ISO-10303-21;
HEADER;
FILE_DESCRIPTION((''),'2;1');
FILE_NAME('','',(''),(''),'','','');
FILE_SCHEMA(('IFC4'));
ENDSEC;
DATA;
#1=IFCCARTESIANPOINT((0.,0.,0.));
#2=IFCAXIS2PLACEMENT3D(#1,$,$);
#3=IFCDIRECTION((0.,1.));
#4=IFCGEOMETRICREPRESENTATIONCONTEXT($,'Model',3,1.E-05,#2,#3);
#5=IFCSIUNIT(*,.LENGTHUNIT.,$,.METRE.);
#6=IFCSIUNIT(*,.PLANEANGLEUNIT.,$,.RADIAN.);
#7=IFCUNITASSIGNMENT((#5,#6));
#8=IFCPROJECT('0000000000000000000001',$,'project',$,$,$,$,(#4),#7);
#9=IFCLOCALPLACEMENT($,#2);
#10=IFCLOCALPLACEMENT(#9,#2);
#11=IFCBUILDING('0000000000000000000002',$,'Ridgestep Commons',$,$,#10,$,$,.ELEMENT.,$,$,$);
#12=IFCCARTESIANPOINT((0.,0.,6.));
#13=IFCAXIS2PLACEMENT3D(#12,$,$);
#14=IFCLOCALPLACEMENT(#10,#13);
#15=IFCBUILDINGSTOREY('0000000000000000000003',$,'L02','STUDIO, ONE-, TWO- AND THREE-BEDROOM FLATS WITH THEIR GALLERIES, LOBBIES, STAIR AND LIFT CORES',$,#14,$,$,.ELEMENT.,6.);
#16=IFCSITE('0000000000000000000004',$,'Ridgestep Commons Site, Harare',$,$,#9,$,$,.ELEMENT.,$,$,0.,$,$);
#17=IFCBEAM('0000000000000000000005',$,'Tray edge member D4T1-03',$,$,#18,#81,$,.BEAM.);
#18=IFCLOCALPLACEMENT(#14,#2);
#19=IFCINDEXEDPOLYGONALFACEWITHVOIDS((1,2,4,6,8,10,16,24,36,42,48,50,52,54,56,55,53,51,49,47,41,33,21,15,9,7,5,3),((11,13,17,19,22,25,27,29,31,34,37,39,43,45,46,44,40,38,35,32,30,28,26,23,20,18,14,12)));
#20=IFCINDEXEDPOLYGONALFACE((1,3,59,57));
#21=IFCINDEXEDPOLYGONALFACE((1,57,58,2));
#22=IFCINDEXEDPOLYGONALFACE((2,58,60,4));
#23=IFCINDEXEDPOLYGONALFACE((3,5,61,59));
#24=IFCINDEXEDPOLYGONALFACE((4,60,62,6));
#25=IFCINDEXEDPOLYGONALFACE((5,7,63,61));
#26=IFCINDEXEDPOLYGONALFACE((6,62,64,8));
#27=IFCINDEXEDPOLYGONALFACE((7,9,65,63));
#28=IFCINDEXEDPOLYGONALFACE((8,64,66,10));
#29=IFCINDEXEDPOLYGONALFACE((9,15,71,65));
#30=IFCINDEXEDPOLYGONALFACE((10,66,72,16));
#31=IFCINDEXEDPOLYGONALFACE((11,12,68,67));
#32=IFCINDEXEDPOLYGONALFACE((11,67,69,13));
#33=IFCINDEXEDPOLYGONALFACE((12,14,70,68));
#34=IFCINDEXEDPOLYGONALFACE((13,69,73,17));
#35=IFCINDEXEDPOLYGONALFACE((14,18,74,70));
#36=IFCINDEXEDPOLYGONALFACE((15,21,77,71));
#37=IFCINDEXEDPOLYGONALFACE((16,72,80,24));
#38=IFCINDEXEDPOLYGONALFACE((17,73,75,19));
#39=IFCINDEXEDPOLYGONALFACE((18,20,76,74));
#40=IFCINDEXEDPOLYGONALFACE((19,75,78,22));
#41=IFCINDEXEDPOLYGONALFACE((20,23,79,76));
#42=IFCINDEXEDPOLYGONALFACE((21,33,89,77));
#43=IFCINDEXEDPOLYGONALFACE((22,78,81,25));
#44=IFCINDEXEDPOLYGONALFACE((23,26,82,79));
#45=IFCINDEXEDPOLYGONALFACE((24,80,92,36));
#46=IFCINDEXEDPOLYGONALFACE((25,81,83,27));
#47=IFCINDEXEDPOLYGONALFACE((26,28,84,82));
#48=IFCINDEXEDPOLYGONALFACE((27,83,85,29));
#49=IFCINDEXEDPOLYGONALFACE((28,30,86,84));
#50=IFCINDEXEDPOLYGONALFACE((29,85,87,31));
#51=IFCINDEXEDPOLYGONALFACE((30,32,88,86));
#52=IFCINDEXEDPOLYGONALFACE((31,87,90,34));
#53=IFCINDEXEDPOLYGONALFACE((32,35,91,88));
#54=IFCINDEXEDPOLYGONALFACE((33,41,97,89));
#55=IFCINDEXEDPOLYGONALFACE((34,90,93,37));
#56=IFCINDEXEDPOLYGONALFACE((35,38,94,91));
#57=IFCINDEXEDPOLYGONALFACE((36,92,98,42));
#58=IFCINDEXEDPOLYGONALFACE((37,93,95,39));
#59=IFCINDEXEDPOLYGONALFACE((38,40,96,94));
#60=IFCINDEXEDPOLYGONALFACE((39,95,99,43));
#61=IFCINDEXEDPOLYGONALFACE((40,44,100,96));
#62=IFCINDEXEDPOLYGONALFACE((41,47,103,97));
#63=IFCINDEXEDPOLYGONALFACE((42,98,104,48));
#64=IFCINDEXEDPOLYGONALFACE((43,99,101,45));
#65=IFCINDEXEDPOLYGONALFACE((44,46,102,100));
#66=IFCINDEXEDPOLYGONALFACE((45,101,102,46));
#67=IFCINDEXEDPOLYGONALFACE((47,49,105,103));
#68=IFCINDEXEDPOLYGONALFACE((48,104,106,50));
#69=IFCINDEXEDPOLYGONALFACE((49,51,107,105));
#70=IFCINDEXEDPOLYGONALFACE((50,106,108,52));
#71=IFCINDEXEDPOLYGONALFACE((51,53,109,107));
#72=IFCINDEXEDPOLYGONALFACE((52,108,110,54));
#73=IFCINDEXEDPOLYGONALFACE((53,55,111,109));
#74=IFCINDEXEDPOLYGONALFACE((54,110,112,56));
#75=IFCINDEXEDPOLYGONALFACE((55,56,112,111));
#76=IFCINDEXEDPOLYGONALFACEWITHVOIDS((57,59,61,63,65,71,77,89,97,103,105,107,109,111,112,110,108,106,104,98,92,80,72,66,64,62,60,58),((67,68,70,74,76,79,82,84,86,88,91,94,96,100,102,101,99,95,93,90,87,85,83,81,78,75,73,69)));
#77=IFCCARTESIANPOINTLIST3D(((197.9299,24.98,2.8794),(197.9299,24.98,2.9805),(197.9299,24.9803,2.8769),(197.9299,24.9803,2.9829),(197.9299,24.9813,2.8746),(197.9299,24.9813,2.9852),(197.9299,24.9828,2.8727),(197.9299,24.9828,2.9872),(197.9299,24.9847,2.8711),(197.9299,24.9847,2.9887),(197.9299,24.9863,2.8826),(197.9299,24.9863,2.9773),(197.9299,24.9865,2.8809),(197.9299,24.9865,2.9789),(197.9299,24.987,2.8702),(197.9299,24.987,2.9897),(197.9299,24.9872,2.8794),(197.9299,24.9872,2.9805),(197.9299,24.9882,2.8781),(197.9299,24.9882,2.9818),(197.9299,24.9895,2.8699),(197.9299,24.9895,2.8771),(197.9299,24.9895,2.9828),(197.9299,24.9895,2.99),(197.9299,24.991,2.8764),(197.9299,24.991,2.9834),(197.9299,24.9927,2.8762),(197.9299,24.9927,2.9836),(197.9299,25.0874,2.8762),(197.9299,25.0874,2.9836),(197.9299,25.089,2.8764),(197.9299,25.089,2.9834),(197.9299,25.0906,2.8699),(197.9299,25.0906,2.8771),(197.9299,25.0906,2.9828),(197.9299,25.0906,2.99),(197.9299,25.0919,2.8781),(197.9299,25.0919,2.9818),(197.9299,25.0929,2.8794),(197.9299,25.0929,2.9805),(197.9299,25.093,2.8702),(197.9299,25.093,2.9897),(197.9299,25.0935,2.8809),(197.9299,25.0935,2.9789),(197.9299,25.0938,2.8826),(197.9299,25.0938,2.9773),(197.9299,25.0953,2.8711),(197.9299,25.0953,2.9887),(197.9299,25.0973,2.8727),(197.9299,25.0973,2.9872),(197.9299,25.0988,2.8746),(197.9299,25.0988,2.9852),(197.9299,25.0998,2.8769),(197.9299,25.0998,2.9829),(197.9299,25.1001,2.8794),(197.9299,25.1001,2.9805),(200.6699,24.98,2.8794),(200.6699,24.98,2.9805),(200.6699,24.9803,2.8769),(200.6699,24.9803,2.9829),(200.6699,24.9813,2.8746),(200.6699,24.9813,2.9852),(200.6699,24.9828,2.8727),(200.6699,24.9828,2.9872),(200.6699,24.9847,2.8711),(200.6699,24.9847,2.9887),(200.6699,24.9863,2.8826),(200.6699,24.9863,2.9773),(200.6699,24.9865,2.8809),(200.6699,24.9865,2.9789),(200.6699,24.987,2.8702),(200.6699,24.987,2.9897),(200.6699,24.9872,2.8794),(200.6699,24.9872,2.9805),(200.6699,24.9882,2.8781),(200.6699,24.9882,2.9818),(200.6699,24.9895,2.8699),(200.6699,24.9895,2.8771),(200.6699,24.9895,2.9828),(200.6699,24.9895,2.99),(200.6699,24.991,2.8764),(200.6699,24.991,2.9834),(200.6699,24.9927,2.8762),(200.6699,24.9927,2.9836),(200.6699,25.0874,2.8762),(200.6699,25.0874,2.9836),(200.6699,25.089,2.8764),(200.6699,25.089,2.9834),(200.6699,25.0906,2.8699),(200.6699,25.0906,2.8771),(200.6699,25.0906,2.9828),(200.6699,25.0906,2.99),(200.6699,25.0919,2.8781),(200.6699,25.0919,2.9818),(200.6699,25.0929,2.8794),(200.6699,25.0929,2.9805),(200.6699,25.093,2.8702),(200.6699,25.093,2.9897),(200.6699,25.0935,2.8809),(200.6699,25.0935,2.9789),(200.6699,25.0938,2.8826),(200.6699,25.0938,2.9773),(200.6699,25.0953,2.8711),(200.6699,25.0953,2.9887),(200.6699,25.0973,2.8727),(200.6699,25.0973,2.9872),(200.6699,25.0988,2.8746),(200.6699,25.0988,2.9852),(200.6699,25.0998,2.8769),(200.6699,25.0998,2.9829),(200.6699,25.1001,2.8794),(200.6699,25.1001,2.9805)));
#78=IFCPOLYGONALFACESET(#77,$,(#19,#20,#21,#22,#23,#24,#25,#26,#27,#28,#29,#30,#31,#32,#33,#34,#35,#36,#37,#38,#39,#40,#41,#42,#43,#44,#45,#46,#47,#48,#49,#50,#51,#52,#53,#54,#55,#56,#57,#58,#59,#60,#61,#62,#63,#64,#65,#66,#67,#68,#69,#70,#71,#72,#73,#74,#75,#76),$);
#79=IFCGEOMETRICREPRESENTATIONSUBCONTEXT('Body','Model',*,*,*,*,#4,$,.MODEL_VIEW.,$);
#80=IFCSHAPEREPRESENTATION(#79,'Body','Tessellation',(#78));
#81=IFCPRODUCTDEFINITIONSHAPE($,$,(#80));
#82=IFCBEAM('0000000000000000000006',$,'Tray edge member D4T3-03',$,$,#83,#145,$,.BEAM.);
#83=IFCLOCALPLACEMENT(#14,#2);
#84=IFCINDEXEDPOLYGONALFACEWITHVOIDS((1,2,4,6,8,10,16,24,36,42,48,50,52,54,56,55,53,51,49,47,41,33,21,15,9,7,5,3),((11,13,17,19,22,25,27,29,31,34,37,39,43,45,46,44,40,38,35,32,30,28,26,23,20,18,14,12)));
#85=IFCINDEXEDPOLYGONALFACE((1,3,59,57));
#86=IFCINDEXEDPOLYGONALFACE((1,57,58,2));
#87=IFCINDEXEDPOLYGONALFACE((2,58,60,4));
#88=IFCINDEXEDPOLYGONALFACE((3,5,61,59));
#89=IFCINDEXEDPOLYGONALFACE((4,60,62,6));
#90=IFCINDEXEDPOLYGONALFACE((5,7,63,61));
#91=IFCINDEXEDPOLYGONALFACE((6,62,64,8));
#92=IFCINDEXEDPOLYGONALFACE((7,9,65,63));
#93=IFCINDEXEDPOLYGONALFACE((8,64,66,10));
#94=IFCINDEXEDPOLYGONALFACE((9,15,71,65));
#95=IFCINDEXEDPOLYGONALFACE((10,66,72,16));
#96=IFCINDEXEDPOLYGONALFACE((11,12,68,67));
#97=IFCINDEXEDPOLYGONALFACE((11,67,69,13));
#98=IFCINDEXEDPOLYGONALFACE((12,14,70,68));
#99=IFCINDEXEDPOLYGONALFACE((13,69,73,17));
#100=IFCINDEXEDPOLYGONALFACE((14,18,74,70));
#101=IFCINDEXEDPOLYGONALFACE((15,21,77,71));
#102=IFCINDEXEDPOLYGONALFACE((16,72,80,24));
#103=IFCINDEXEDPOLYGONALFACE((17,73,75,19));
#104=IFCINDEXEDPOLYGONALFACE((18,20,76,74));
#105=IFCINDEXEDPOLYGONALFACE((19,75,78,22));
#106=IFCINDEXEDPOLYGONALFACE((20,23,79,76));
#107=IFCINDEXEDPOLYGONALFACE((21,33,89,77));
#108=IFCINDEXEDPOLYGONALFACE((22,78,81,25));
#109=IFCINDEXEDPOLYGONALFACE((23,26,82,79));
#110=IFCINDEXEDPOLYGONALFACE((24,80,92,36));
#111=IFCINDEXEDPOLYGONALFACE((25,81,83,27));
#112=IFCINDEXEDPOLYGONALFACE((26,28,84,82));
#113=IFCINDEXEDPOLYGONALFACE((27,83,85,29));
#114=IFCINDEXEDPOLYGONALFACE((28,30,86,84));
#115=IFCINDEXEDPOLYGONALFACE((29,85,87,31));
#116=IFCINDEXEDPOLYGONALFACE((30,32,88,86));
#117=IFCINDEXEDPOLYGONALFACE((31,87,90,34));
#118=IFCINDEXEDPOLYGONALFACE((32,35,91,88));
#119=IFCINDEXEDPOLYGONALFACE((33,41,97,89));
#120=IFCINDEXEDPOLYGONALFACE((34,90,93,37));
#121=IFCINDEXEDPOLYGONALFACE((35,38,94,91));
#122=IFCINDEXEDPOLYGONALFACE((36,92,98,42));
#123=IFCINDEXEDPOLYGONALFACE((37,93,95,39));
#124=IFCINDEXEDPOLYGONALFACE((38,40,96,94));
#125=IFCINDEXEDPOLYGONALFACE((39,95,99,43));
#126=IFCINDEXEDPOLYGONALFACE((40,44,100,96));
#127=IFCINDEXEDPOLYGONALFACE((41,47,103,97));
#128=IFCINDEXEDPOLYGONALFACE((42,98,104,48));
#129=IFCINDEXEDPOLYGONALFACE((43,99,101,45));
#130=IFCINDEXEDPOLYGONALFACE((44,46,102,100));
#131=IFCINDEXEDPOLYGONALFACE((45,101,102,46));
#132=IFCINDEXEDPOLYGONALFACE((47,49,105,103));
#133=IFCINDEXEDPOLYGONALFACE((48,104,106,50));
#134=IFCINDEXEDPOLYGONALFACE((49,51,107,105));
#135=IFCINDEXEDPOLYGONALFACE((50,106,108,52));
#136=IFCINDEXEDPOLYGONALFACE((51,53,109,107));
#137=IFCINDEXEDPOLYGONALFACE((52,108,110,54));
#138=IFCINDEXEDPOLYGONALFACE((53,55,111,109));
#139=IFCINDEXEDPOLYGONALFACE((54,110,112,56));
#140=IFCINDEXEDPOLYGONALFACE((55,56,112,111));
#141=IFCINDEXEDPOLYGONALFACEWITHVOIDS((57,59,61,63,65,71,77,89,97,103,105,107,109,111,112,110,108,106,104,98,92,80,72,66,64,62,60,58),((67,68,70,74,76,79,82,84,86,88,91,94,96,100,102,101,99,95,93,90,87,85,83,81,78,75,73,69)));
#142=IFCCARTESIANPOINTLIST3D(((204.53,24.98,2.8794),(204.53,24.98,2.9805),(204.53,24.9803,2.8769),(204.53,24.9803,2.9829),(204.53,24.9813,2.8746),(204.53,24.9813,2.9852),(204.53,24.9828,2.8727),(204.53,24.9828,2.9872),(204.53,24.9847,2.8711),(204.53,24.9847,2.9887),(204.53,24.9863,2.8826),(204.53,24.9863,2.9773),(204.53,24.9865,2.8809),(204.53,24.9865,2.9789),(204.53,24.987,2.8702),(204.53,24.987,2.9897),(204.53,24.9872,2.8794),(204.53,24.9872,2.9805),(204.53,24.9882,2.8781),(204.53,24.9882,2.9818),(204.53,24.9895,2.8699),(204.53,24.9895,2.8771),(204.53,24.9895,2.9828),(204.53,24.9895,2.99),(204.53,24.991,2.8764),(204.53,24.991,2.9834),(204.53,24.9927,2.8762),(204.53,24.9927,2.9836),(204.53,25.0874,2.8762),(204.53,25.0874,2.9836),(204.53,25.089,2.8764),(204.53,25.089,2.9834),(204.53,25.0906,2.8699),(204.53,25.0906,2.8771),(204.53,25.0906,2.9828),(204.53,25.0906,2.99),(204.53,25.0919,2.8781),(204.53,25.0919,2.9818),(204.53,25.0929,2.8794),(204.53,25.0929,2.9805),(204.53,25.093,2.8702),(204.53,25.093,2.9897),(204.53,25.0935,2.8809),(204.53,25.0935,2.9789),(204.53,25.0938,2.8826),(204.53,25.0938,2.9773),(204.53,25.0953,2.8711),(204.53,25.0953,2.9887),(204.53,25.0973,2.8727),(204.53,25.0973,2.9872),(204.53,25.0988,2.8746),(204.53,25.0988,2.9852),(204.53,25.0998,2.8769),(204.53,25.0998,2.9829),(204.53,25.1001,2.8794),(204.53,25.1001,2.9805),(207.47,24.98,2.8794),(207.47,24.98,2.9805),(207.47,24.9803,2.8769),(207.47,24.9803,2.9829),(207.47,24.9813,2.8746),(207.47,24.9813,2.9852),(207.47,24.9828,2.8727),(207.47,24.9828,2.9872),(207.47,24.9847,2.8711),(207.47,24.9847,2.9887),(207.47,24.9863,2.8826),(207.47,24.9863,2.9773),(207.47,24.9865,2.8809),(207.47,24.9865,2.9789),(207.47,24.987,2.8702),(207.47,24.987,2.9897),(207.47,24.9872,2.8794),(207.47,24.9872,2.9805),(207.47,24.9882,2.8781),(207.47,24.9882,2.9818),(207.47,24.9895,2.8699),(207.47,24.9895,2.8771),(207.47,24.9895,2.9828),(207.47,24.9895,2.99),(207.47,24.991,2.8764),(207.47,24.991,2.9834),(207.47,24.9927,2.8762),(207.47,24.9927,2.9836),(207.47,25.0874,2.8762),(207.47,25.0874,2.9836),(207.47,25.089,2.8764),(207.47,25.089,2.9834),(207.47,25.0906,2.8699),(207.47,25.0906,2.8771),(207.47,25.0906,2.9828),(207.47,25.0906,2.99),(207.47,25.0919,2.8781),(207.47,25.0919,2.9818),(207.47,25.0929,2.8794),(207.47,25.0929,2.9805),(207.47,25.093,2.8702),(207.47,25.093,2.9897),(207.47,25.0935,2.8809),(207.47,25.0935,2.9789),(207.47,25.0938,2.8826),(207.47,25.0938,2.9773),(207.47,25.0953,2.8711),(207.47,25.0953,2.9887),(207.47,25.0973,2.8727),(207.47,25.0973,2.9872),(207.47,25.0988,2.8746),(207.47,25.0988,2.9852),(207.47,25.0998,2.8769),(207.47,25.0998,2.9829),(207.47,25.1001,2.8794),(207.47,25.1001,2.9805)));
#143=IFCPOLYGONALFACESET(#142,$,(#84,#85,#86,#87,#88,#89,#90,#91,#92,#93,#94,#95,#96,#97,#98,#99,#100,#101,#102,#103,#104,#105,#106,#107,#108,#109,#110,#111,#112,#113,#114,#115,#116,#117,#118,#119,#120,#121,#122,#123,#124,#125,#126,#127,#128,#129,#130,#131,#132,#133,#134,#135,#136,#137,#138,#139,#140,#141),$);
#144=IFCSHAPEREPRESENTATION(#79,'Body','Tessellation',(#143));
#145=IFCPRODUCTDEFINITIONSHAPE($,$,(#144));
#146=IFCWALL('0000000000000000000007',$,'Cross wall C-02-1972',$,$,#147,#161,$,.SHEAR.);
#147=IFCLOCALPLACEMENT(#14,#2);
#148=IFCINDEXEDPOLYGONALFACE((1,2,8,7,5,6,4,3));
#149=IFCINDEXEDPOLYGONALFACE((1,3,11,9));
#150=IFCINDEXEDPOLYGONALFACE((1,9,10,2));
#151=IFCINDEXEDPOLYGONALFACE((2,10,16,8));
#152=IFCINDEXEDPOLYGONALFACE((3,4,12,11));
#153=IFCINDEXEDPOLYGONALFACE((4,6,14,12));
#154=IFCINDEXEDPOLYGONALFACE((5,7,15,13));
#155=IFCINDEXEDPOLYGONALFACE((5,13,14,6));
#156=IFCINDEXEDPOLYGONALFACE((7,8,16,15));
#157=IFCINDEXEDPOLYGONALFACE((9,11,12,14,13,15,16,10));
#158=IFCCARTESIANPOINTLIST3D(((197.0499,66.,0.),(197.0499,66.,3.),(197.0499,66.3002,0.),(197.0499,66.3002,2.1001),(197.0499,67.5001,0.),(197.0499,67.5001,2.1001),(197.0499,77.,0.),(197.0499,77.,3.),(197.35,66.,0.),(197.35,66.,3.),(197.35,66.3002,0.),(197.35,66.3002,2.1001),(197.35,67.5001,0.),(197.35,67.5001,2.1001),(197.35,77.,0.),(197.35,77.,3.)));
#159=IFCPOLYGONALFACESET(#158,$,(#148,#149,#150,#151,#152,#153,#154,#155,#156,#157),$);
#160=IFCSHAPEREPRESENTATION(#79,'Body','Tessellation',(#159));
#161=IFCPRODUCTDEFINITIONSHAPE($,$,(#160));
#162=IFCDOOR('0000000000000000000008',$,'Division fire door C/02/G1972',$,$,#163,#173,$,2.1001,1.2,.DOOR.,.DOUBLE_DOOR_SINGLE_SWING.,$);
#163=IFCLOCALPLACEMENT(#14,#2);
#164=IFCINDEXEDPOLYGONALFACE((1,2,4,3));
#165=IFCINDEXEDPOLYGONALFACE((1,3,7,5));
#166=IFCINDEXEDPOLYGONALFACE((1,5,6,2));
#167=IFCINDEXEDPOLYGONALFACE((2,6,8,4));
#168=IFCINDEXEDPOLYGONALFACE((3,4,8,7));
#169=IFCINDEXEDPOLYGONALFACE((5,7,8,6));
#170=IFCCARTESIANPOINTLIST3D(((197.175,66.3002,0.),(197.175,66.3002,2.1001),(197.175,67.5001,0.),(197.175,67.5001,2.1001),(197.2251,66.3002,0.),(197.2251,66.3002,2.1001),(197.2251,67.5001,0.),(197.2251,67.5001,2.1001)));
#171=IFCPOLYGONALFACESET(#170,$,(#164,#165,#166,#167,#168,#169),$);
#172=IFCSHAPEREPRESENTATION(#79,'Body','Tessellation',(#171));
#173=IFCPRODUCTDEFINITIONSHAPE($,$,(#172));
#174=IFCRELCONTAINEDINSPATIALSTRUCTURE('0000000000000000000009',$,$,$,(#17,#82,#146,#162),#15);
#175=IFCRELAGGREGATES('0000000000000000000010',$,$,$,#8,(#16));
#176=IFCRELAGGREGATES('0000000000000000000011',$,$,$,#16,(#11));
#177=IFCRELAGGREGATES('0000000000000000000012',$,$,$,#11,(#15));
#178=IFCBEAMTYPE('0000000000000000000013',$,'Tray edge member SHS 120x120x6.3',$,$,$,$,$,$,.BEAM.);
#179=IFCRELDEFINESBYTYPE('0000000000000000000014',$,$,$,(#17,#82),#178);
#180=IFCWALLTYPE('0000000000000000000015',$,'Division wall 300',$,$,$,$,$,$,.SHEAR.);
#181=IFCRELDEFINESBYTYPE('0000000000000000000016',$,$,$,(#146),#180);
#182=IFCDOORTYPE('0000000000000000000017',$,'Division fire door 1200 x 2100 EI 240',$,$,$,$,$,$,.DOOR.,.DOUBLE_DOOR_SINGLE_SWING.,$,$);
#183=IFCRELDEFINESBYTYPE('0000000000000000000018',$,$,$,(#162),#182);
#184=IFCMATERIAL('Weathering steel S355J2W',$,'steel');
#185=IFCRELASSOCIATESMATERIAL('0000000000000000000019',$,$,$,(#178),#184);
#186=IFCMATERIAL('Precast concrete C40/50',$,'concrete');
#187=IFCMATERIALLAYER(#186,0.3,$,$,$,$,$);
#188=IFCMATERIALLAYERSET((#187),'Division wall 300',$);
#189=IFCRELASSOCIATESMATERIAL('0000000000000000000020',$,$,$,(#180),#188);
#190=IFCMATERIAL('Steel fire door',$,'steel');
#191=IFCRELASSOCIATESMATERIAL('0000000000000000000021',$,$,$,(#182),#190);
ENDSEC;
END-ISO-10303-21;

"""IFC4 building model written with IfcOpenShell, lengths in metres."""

from ifc_helpers import new_model, si_unit, direction, frame, frame_2d, origin, origin_2d, place, context, subcontext, project, spatial, rectangle, hollow_rectangle, extrude, material, layer, layer_set, material_profile, profile_set, type_object, element, fill, save


model = new_model("IFC4")

# Units and contexts
model_context = context("Model", 3, precision=1e-05, world=origin(), true_north=direction((0.0, 1.0)))
body_context = subcontext(model_context, "Body", "Model", "MODEL_VIEW")
ifc_project = project(units=[si_unit("LENGTHUNIT", "METRE"), si_unit("PLANEANGLEUNIT", "RADIAN")], contexts=[model_context])

# Site, building, storey
site_placement = place(None, origin())
site = spatial("IfcSite", under=ifc_project, at=site_placement, Name="Ridgestep Commons Site, Harare", CompositionType="ELEMENT", RefElevation=0.0)
building_placement = place(site_placement, origin())
building = spatial("IfcBuilding", under=site, at=building_placement, Name="Ridgestep Commons", CompositionType="ELEMENT")
storey_placement = place(building_placement, frame((0.0, 0.0, 6.0)))
storey = spatial("IfcBuildingStorey", under=building, at=storey_placement, Name="L02", Description="STUDIO, ONE-, TWO- AND THREE-BEDROOM FLATS WITH THEIR GALLERIES, LOBBIES, STAIR AND LIFT CORES", CompositionType="ELEMENT", Elevation=6.0)

# Beams
ifc_material_1 = material(Name="Weathering steel S355J2W", Category="steel")
ifc_material_profile_1 = material_profile(ifc_material_1, hollow_rectangle(XDim=0.1201, YDim=0.1201, WallThickness=0.0063, InnerFilletRadius=0.0063, OuterFilletRadius=0.0095, at=origin_2d()), Name="SHS 120x120x6.3")
ifc_profile_set_1 = profile_set([ifc_material_profile_1], Name="Weathering steel S355J2W")
beam_type_1 = type_object("IfcBeamType", Name="Tray edge member SHS 120x120x6.3", PredefinedType="BEAM", material=ifc_profile_set_1)
beam_1_placement = place(storey_placement, frame((197.9299, 25.04, 2.9299), z_axis=(1.0, 0.0, 0.0), x_axis=(0.0, 0.0, 1.0)))
element("IfcBeam", 1, at=beam_1_placement, inside=storey, type_object=beam_type_1, Name="Tray edge member D4T1-03", PredefinedType="BEAM", context=body_context, shape_type="SweptSolid", body=[
    extrude(hollow_rectangle(XDim=0.1201, YDim=0.1201, WallThickness=0.0063, InnerFilletRadius=0.0063, OuterFilletRadius=0.0095, at=origin_2d()), origin(), (0.0, 0.0, 1.0), 2.74),
])
beam_2_placement = place(storey_placement, frame((204.53, 25.04, 2.9299), z_axis=(1.0, 0.0, 0.0), x_axis=(0.0, 0.0, 1.0)))
element("IfcBeam", 2, at=beam_2_placement, inside=storey, type_object=beam_type_1, Name="Tray edge member D4T3-03", PredefinedType="BEAM", context=body_context, shape_type="SweptSolid", body=[
    extrude(hollow_rectangle(XDim=0.1201, YDim=0.1201, WallThickness=0.0063, InnerFilletRadius=0.0063, OuterFilletRadius=0.0095, at=origin_2d()), origin(), (0.0, 0.0, 1.0), 2.9399),
])

# Wall, opening, door
ifc_material_2 = material(Name="Precast concrete C40/50", Category="concrete")
ifc_layer_1 = layer(ifc_material_2, 0.3)
ifc_layer_set_1 = layer_set([ifc_layer_1], Name="Division wall 300")
wall_type_1 = type_object("IfcWallType", Name="Division wall 300", PredefinedType="SHEAR", material=ifc_layer_set_1)
wall_1_placement = place(storey_placement, frame((197.2, 66.0, 0.0), z_axis=(0.0, 0.0, 1.0), x_axis=(0.0, 1.0, 0.0)))
wall_1 = element("IfcWall", 3, at=wall_1_placement, inside=storey, type_object=wall_type_1, Name="Cross wall C-02-1972", PredefinedType="SHEAR", context=body_context, shape_type="SweptSolid", body=[
    extrude(rectangle(XDim=11.0, YDim=0.3, at=frame_2d((5.5, 0.0))), origin(), (0.0, 0.0, 1.0), 3.0),
])
opening_1_placement = place(wall_1_placement, frame((0.3, 0.0, 0.0)))
opening_1 = element("IfcOpeningElement", 4, at=opening_1_placement, cuts=wall_1, PredefinedType="OPENING", context=body_context, shape_type="SweptSolid", body=[
    extrude(rectangle(XDim=1.2, YDim=2.1001, at=frame_2d((0.6001, 1.05))), frame((0.0, 0.1599, 0.0), z_axis=(0.0, -1.0, 0.0), x_axis=(1.0, 0.0, 0.0)), (0.0, 0.0, 1.0), 0.3201),
])
ifc_material_3 = material(Name="Steel fire door", Category="steel")
door_type = type_object("IfcDoorType", Name="Division fire door 1200 x 2100 EI 240", OperationType="DOUBLE_DOOR_SINGLE_SWING", PredefinedType="DOOR", material=ifc_material_3)
door_1_placement = place(opening_1_placement, origin())
door_1 = element("IfcDoor", 5, at=door_1_placement, inside=storey, type_object=door_type, Name="Division fire door C/02/G1972", OperationType="DOUBLE_DOOR_SINGLE_SWING", OverallHeight=2.1001, OverallWidth=1.2, PredefinedType="DOOR", context=body_context, shape_type="SweptSolid", body=[
    extrude(rectangle(XDim=1.2, YDim=2.1001, at=frame_2d((0.6001, 1.05))), frame((0.0, 0.0249, 0.0), z_axis=(0.0, -1.0, 0.0), x_axis=(1.0, 0.0, 0.0)), (0.0, 0.0, 1.0), 0.05),
])
fill(opening_1, door_1)

save(model, "model.ifc")
